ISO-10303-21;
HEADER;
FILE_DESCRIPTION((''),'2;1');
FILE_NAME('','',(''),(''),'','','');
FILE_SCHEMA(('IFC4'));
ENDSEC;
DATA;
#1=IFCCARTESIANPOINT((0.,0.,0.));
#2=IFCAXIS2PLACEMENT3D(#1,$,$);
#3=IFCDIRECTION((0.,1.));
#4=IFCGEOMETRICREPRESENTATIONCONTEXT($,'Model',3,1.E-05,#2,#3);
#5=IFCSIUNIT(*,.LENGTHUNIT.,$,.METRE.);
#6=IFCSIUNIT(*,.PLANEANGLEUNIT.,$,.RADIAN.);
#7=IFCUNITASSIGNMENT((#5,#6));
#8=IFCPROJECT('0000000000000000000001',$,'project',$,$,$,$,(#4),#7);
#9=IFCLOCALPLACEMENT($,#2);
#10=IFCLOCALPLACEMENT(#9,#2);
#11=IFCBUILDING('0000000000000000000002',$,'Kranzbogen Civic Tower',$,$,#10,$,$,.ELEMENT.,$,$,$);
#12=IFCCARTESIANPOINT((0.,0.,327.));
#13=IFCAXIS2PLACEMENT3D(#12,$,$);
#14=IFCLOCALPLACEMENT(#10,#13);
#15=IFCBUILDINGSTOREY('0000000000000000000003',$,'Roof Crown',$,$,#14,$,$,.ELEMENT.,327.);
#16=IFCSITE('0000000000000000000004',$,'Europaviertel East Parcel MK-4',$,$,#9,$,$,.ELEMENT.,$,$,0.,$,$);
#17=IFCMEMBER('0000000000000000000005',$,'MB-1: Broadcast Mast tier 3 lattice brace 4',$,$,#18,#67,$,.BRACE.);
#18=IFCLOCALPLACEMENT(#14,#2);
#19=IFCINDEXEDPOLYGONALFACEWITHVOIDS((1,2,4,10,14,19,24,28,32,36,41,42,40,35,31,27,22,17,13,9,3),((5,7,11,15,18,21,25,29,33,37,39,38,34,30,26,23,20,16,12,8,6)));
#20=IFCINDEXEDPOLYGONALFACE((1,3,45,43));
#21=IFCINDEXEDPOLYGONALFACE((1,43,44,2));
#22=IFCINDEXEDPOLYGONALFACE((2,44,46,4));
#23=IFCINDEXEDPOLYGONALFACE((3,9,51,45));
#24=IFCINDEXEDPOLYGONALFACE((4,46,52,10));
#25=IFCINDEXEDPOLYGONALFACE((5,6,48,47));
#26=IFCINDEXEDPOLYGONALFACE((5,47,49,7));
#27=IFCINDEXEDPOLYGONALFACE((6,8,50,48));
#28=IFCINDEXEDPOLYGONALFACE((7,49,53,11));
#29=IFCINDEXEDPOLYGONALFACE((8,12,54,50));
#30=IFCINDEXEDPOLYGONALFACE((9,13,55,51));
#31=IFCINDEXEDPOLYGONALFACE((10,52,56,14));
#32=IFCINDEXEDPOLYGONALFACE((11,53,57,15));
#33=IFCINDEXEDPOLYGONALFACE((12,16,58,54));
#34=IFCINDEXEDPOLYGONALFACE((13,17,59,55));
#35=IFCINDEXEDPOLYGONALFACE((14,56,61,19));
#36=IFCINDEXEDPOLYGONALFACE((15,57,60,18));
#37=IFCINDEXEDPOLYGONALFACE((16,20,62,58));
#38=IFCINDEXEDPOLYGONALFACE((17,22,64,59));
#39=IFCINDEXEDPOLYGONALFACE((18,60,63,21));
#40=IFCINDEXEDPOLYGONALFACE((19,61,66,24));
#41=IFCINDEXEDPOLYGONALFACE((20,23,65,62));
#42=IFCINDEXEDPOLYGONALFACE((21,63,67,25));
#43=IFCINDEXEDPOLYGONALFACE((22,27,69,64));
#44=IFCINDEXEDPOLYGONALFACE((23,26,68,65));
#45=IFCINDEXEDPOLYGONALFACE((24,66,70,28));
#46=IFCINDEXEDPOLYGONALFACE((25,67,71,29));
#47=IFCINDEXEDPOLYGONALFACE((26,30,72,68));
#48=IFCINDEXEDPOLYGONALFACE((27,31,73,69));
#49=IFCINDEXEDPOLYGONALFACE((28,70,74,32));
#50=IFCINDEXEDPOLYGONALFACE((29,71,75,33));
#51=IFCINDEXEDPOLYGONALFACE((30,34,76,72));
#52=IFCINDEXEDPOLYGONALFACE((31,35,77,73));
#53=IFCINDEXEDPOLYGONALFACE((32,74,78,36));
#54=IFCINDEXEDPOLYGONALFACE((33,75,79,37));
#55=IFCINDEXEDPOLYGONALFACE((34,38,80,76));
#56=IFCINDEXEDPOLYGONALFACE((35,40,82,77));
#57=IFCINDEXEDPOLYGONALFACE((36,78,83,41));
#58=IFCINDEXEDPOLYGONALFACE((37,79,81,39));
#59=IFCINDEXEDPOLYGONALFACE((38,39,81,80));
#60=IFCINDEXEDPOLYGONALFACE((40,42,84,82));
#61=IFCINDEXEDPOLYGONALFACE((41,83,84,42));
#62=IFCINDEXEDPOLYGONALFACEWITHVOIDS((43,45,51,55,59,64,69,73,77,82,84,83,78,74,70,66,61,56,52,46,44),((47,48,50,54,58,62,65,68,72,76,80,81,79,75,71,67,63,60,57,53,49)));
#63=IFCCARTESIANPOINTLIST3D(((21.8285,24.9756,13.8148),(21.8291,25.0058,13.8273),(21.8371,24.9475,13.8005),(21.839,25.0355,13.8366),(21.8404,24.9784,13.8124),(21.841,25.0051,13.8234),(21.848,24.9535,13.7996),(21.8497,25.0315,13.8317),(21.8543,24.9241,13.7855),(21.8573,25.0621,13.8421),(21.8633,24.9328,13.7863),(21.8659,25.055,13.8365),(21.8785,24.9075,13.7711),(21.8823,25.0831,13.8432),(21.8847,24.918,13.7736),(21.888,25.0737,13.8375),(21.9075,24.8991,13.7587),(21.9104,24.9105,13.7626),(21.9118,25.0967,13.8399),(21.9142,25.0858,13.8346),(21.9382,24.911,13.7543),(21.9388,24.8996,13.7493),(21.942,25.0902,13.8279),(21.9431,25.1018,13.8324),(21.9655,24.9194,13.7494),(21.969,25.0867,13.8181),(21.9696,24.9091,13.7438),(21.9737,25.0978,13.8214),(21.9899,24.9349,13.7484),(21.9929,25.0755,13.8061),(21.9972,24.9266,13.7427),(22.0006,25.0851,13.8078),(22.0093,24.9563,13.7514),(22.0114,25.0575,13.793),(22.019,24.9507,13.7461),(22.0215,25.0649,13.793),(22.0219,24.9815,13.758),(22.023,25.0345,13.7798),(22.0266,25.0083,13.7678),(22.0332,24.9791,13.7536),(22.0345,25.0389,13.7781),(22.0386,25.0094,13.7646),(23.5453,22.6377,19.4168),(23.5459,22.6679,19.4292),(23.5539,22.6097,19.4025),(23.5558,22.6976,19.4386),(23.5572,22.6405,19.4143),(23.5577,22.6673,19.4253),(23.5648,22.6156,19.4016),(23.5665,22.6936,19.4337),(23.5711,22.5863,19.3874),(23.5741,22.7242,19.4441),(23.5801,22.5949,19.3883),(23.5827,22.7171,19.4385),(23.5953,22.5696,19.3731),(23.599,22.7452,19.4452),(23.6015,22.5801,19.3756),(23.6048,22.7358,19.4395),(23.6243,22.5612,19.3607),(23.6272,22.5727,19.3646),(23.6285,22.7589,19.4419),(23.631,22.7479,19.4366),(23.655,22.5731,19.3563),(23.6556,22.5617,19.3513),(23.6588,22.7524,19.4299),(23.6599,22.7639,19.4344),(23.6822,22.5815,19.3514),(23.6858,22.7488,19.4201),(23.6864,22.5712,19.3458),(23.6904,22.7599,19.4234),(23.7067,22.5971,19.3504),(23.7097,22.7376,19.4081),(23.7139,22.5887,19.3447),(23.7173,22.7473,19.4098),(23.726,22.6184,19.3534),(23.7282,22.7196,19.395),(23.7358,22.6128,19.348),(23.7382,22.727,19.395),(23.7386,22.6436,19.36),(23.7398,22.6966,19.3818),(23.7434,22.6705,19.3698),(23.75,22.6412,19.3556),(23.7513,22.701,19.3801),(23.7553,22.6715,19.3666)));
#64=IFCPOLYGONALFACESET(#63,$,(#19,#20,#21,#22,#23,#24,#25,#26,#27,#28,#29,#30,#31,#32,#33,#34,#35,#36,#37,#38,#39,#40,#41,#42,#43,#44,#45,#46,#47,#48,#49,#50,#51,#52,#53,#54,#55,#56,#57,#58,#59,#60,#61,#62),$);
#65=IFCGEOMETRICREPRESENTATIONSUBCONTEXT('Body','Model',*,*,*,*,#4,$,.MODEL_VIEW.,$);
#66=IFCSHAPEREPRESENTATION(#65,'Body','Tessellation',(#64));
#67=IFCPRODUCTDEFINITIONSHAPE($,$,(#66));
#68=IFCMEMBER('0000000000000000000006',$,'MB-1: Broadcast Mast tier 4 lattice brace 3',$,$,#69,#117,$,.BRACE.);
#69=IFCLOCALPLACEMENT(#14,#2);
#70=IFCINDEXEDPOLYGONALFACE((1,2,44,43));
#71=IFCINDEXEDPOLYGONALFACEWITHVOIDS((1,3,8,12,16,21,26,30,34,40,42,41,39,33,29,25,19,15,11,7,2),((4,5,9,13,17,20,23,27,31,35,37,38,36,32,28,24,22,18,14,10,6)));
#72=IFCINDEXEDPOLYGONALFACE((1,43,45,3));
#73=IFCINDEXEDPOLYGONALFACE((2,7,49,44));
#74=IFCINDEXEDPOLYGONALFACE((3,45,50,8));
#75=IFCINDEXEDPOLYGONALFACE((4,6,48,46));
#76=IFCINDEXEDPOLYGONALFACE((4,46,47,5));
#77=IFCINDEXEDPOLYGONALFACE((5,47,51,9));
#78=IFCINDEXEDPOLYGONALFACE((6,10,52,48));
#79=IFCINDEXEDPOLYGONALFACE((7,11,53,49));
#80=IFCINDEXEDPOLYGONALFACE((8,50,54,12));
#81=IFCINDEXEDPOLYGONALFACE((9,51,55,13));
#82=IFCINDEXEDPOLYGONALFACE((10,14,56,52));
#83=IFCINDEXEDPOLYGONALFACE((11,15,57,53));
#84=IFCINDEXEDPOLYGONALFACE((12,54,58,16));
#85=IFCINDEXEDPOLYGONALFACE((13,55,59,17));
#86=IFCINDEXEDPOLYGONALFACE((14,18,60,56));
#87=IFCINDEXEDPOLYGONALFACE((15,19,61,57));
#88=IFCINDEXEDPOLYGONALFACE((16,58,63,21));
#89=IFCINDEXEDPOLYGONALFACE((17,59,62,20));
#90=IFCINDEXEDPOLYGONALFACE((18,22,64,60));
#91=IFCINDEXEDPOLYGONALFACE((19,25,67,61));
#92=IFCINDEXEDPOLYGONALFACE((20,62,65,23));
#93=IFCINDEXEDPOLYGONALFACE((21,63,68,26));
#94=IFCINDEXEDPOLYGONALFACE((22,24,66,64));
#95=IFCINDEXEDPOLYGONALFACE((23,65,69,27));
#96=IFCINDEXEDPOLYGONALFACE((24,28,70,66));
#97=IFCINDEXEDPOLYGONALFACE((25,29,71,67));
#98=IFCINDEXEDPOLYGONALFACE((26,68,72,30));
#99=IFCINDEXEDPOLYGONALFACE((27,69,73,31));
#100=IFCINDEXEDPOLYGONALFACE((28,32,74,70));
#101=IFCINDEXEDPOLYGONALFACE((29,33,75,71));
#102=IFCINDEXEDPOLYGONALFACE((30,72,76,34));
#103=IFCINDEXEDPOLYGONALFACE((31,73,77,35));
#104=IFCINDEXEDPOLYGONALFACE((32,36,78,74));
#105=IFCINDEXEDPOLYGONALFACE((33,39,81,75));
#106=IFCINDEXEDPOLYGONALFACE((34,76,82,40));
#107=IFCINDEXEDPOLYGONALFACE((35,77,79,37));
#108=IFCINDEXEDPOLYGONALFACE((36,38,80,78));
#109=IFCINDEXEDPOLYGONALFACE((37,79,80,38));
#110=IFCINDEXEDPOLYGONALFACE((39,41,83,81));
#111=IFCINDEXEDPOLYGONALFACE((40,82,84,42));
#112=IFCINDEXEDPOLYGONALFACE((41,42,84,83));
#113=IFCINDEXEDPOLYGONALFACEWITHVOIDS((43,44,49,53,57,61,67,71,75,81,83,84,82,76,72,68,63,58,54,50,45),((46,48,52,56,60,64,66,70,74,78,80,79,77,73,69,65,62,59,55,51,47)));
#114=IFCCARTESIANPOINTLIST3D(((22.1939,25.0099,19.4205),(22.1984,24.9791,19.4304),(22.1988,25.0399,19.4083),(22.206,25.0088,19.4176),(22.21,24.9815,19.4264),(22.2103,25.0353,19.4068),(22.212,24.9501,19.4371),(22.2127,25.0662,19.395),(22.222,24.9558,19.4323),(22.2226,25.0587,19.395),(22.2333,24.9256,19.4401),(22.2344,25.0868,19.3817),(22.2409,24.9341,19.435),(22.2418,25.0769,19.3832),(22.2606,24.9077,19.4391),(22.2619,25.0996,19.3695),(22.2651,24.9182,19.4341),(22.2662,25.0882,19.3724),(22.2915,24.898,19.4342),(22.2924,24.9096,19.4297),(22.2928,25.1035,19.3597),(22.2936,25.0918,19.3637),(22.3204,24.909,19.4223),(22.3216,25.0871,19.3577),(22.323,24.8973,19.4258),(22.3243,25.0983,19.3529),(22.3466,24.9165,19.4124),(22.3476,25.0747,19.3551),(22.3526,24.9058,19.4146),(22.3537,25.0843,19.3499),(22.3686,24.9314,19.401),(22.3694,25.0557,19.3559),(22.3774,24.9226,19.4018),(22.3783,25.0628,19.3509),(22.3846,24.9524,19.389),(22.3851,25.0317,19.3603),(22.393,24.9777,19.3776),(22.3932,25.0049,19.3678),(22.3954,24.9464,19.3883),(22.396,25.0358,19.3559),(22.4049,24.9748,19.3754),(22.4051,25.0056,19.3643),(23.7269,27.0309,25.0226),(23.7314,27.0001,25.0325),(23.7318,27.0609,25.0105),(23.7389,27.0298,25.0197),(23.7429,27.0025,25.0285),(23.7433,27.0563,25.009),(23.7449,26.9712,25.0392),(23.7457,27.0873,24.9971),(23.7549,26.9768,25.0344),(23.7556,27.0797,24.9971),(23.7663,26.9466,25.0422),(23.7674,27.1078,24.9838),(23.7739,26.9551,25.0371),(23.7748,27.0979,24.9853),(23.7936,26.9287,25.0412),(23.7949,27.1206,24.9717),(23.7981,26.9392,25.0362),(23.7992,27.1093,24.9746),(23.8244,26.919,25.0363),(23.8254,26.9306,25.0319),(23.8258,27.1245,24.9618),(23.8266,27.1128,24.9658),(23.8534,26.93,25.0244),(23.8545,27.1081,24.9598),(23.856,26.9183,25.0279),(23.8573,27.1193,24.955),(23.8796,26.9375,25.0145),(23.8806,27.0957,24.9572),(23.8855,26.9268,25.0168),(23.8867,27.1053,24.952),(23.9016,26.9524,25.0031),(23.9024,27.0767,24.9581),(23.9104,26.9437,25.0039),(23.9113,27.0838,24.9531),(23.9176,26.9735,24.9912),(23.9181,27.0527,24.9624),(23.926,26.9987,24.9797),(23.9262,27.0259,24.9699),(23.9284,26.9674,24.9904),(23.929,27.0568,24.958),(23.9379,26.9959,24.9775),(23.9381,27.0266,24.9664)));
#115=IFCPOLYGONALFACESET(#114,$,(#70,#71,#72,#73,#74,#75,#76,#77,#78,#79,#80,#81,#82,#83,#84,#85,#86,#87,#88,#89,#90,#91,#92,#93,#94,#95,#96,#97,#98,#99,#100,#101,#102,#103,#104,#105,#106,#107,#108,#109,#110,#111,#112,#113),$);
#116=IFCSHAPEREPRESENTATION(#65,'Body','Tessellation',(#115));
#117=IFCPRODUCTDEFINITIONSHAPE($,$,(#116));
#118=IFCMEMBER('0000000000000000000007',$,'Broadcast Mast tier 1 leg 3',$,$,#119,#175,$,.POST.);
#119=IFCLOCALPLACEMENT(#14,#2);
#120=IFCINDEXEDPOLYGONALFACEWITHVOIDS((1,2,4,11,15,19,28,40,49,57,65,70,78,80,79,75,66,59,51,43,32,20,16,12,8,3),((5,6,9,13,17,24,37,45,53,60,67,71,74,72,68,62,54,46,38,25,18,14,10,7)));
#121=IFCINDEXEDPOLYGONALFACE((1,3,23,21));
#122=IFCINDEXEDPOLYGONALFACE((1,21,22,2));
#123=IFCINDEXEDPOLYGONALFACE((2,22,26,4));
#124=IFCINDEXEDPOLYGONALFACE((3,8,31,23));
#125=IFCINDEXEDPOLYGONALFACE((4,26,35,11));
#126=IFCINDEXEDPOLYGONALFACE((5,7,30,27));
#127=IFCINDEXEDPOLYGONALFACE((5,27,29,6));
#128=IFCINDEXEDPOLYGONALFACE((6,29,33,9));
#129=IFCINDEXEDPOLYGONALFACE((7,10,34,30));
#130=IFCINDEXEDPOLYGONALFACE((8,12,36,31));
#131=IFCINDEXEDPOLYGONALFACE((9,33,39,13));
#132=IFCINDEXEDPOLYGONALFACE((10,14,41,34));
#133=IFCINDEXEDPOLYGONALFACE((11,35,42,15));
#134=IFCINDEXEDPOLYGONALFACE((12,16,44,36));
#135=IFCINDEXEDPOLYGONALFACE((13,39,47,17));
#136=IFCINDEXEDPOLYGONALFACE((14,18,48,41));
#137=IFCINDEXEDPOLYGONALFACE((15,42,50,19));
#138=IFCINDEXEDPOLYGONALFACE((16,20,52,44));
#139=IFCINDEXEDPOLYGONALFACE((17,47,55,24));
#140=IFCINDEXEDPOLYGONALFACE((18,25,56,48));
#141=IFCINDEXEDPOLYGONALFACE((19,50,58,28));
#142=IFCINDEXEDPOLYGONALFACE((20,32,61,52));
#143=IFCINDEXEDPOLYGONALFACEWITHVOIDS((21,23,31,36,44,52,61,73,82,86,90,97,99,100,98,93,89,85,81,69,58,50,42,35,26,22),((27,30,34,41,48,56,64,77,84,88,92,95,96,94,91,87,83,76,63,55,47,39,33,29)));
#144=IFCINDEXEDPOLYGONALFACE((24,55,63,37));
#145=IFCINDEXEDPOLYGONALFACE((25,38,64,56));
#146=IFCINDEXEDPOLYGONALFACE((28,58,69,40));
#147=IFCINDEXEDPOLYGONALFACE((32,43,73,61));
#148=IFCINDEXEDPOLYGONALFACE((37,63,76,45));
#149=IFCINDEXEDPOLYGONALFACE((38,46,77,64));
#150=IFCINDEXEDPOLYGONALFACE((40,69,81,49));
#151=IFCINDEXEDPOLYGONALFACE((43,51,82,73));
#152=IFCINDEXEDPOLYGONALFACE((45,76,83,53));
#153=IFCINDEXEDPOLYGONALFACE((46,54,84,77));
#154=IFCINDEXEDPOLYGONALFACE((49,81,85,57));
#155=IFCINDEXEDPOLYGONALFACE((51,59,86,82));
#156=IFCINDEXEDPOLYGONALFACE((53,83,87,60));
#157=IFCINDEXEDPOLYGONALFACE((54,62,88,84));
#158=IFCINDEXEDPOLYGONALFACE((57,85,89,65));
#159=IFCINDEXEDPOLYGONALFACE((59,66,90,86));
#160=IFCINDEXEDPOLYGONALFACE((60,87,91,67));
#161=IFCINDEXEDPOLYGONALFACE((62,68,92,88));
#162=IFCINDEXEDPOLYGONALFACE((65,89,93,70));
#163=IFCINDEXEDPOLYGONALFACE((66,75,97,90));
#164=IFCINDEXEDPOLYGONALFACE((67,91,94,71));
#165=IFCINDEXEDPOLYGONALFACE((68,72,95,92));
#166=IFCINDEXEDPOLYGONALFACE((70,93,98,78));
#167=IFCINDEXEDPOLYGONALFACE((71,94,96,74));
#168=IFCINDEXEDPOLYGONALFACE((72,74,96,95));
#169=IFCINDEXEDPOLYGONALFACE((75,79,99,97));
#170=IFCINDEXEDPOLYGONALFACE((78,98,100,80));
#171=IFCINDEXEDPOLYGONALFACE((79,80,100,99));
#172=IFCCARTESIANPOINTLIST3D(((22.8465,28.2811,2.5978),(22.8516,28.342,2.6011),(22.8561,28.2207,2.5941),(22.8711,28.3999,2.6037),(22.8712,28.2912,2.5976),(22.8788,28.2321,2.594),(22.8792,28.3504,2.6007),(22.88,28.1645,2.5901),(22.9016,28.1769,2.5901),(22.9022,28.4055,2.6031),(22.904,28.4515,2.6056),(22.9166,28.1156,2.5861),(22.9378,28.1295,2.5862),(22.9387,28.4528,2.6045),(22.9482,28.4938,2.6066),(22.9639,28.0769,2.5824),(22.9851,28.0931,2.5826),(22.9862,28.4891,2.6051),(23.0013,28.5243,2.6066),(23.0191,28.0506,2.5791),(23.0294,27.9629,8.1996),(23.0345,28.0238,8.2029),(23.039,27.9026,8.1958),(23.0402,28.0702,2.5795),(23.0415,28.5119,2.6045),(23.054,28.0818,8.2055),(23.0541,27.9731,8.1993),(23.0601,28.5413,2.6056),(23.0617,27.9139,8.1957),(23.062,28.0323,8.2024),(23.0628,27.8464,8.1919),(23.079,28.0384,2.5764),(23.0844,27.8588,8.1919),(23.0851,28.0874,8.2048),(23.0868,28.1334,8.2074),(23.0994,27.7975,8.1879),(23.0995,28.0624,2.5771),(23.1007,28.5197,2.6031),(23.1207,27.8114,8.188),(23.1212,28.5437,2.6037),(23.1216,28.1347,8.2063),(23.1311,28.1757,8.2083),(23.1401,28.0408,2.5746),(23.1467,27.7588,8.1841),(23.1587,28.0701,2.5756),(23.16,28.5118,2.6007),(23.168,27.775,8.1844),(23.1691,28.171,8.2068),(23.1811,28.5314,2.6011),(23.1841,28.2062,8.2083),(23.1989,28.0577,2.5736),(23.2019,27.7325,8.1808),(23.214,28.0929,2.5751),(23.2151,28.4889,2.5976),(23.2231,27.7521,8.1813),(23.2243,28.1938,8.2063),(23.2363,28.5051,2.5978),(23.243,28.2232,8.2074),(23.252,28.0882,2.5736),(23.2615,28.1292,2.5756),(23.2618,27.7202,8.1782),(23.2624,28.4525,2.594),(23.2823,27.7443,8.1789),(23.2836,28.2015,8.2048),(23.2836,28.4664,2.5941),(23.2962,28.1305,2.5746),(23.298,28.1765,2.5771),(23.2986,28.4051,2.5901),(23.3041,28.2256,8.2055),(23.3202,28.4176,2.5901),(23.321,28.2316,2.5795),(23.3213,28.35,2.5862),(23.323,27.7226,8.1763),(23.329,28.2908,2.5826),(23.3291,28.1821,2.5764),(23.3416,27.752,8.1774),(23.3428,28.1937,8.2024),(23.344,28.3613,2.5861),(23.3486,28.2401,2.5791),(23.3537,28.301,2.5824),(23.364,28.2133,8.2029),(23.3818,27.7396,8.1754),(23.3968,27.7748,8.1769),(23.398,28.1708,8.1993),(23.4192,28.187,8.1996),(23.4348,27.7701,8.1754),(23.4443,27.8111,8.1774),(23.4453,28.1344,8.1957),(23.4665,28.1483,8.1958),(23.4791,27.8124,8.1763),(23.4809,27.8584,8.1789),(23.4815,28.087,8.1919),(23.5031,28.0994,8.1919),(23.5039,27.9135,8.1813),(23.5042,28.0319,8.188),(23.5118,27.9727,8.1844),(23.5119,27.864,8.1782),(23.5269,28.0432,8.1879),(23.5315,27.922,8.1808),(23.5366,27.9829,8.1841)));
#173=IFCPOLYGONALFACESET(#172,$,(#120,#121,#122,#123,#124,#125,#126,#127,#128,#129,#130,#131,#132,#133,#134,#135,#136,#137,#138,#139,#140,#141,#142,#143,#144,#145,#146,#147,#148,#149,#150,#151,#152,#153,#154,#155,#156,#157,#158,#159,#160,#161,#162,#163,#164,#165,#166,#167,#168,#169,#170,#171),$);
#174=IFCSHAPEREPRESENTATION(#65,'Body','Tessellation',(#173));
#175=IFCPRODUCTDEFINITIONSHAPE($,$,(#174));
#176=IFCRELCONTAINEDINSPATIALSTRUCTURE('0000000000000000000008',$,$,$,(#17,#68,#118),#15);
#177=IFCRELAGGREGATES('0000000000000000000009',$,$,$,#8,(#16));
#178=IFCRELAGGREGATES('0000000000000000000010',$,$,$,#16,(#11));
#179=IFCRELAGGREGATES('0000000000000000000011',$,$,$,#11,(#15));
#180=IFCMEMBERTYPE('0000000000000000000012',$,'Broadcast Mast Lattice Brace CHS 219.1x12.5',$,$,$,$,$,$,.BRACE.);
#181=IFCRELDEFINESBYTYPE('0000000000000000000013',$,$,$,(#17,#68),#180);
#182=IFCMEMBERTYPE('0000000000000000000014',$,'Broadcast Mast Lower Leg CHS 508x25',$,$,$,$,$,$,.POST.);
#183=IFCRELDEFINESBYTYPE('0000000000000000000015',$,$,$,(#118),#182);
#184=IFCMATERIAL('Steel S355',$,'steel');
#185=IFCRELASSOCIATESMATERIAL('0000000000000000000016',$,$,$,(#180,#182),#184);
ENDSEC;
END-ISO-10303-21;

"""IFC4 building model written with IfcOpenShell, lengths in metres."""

from ifc_helpers import new_model, si_unit, direction, frame, origin, origin_2d, place, context, subcontext, project, spatial, hollow_circle, extrude, material, material_profile, profile_set, type_object, element, save


model = new_model("IFC4")

# Units and contexts
model_context = context("Model", 3, precision=1e-05, world=origin(), true_north=direction((0.0, 1.0)))
body_context = subcontext(model_context, "Body", "Model", "MODEL_VIEW")
ifc_project = project(units=[si_unit("LENGTHUNIT", "METRE"), si_unit("PLANEANGLEUNIT", "RADIAN")], contexts=[model_context])

# Site, building, storey
site_placement = place(None, origin())
site = spatial("IfcSite", under=ifc_project, at=site_placement, Name="Europaviertel East Parcel MK-4", CompositionType="ELEMENT", RefElevation=0.0)
building_placement = place(site_placement, origin())
building = spatial("IfcBuilding", under=site, at=building_placement, Name="Kranzbogen Civic Tower", CompositionType="ELEMENT")
storey_placement = place(building_placement, frame((0.0, 0.0, 327.0)))
storey = spatial("IfcBuildingStorey", under=building, at=storey_placement, Name="Roof Crown", CompositionType="ELEMENT", Elevation=327.0)

# Shared definitions
ifc_material_1 = material(Name="Steel S355", Category="steel")

# Members
ifc_material_profile_1 = material_profile(ifc_material_1, hollow_circle(Radius=0.1096, WallThickness=0.0125, at=origin_2d()), Name="CHS 219.1x12.5")
ifc_profile_set_1 = profile_set([ifc_material_profile_1], Name="Steel S355")
member_type_1 = type_object("IfcMemberType", Name="Broadcast Mast Lattice Brace CHS 219.1x12.5", PredefinedType="BRACE", material=ifc_profile_set_1)
member_1_placement = place(storey_placement, frame((21.9331, 25.0, 13.793), z_axis=(0.272144, -0.370599, 0.888028), x_axis=(0.806019, 0.591889, 0.0)))
element("IfcMember", 1, at=member_1_placement, inside=storey, type_object=member_type_1, Name="MB-1: Broadcast Mast tier 3 lattice brace 4", PredefinedType="BRACE", context=body_context, shape_type="SweptSolid", body=[
    extrude(hollow_circle(Radius=0.1096, WallThickness=0.0125, at=origin_2d()), origin(), (0.0, 0.0, 1.0), 6.3083),
])
member_2_placement = place(storey_placement, frame((22.3, 25.0, 19.395), z_axis=(0.249279, 0.32864, 0.910964), x_axis=(-0.796731, 0.604334, 0.0)))
element("IfcMember", 2, at=member_2_placement, inside=storey, type_object=member_type_1, Name="MB-1: Broadcast Mast tier 4 lattice brace 3", PredefinedType="BRACE", context=body_context, shape_type="SweptSolid", body=[
    extrude(hollow_circle(Radius=0.1096, WallThickness=0.0125, at=origin_2d()), origin(), (0.0, 0.0, 1.0), 6.1497),
])
ifc_material_profile_2 = material_profile(ifc_material_1, hollow_circle(Radius=0.2539, WallThickness=0.0249, at=origin_2d()), Name="CHS 508x25")
ifc_profile_set_2 = profile_set([ifc_material_profile_2], Name="Steel S355")
member_type_2 = type_object("IfcMemberType", Name="Broadcast Mast Lower Leg CHS 508x25", PredefinedType="POST", material=ifc_profile_set_2)
member_3_placement = place(storey_placement, frame((23.1001, 28.291, 2.5901), z_axis=(0.032573, -0.056667, 0.997862), x_axis=(0.866971, 0.498359, 0.0)))
element("IfcMember", 3, at=member_3_placement, inside=storey, type_object=member_type_2, Name="Broadcast Mast tier 1 leg 3", PredefinedType="POST", context=body_context, shape_type="SweptSolid", body=[
    extrude(hollow_circle(Radius=0.2539, WallThickness=0.0249, at=origin_2d()), origin(), (0.0, 0.0, 1.0), 5.6138),
])

save(model, "model.ifc")
